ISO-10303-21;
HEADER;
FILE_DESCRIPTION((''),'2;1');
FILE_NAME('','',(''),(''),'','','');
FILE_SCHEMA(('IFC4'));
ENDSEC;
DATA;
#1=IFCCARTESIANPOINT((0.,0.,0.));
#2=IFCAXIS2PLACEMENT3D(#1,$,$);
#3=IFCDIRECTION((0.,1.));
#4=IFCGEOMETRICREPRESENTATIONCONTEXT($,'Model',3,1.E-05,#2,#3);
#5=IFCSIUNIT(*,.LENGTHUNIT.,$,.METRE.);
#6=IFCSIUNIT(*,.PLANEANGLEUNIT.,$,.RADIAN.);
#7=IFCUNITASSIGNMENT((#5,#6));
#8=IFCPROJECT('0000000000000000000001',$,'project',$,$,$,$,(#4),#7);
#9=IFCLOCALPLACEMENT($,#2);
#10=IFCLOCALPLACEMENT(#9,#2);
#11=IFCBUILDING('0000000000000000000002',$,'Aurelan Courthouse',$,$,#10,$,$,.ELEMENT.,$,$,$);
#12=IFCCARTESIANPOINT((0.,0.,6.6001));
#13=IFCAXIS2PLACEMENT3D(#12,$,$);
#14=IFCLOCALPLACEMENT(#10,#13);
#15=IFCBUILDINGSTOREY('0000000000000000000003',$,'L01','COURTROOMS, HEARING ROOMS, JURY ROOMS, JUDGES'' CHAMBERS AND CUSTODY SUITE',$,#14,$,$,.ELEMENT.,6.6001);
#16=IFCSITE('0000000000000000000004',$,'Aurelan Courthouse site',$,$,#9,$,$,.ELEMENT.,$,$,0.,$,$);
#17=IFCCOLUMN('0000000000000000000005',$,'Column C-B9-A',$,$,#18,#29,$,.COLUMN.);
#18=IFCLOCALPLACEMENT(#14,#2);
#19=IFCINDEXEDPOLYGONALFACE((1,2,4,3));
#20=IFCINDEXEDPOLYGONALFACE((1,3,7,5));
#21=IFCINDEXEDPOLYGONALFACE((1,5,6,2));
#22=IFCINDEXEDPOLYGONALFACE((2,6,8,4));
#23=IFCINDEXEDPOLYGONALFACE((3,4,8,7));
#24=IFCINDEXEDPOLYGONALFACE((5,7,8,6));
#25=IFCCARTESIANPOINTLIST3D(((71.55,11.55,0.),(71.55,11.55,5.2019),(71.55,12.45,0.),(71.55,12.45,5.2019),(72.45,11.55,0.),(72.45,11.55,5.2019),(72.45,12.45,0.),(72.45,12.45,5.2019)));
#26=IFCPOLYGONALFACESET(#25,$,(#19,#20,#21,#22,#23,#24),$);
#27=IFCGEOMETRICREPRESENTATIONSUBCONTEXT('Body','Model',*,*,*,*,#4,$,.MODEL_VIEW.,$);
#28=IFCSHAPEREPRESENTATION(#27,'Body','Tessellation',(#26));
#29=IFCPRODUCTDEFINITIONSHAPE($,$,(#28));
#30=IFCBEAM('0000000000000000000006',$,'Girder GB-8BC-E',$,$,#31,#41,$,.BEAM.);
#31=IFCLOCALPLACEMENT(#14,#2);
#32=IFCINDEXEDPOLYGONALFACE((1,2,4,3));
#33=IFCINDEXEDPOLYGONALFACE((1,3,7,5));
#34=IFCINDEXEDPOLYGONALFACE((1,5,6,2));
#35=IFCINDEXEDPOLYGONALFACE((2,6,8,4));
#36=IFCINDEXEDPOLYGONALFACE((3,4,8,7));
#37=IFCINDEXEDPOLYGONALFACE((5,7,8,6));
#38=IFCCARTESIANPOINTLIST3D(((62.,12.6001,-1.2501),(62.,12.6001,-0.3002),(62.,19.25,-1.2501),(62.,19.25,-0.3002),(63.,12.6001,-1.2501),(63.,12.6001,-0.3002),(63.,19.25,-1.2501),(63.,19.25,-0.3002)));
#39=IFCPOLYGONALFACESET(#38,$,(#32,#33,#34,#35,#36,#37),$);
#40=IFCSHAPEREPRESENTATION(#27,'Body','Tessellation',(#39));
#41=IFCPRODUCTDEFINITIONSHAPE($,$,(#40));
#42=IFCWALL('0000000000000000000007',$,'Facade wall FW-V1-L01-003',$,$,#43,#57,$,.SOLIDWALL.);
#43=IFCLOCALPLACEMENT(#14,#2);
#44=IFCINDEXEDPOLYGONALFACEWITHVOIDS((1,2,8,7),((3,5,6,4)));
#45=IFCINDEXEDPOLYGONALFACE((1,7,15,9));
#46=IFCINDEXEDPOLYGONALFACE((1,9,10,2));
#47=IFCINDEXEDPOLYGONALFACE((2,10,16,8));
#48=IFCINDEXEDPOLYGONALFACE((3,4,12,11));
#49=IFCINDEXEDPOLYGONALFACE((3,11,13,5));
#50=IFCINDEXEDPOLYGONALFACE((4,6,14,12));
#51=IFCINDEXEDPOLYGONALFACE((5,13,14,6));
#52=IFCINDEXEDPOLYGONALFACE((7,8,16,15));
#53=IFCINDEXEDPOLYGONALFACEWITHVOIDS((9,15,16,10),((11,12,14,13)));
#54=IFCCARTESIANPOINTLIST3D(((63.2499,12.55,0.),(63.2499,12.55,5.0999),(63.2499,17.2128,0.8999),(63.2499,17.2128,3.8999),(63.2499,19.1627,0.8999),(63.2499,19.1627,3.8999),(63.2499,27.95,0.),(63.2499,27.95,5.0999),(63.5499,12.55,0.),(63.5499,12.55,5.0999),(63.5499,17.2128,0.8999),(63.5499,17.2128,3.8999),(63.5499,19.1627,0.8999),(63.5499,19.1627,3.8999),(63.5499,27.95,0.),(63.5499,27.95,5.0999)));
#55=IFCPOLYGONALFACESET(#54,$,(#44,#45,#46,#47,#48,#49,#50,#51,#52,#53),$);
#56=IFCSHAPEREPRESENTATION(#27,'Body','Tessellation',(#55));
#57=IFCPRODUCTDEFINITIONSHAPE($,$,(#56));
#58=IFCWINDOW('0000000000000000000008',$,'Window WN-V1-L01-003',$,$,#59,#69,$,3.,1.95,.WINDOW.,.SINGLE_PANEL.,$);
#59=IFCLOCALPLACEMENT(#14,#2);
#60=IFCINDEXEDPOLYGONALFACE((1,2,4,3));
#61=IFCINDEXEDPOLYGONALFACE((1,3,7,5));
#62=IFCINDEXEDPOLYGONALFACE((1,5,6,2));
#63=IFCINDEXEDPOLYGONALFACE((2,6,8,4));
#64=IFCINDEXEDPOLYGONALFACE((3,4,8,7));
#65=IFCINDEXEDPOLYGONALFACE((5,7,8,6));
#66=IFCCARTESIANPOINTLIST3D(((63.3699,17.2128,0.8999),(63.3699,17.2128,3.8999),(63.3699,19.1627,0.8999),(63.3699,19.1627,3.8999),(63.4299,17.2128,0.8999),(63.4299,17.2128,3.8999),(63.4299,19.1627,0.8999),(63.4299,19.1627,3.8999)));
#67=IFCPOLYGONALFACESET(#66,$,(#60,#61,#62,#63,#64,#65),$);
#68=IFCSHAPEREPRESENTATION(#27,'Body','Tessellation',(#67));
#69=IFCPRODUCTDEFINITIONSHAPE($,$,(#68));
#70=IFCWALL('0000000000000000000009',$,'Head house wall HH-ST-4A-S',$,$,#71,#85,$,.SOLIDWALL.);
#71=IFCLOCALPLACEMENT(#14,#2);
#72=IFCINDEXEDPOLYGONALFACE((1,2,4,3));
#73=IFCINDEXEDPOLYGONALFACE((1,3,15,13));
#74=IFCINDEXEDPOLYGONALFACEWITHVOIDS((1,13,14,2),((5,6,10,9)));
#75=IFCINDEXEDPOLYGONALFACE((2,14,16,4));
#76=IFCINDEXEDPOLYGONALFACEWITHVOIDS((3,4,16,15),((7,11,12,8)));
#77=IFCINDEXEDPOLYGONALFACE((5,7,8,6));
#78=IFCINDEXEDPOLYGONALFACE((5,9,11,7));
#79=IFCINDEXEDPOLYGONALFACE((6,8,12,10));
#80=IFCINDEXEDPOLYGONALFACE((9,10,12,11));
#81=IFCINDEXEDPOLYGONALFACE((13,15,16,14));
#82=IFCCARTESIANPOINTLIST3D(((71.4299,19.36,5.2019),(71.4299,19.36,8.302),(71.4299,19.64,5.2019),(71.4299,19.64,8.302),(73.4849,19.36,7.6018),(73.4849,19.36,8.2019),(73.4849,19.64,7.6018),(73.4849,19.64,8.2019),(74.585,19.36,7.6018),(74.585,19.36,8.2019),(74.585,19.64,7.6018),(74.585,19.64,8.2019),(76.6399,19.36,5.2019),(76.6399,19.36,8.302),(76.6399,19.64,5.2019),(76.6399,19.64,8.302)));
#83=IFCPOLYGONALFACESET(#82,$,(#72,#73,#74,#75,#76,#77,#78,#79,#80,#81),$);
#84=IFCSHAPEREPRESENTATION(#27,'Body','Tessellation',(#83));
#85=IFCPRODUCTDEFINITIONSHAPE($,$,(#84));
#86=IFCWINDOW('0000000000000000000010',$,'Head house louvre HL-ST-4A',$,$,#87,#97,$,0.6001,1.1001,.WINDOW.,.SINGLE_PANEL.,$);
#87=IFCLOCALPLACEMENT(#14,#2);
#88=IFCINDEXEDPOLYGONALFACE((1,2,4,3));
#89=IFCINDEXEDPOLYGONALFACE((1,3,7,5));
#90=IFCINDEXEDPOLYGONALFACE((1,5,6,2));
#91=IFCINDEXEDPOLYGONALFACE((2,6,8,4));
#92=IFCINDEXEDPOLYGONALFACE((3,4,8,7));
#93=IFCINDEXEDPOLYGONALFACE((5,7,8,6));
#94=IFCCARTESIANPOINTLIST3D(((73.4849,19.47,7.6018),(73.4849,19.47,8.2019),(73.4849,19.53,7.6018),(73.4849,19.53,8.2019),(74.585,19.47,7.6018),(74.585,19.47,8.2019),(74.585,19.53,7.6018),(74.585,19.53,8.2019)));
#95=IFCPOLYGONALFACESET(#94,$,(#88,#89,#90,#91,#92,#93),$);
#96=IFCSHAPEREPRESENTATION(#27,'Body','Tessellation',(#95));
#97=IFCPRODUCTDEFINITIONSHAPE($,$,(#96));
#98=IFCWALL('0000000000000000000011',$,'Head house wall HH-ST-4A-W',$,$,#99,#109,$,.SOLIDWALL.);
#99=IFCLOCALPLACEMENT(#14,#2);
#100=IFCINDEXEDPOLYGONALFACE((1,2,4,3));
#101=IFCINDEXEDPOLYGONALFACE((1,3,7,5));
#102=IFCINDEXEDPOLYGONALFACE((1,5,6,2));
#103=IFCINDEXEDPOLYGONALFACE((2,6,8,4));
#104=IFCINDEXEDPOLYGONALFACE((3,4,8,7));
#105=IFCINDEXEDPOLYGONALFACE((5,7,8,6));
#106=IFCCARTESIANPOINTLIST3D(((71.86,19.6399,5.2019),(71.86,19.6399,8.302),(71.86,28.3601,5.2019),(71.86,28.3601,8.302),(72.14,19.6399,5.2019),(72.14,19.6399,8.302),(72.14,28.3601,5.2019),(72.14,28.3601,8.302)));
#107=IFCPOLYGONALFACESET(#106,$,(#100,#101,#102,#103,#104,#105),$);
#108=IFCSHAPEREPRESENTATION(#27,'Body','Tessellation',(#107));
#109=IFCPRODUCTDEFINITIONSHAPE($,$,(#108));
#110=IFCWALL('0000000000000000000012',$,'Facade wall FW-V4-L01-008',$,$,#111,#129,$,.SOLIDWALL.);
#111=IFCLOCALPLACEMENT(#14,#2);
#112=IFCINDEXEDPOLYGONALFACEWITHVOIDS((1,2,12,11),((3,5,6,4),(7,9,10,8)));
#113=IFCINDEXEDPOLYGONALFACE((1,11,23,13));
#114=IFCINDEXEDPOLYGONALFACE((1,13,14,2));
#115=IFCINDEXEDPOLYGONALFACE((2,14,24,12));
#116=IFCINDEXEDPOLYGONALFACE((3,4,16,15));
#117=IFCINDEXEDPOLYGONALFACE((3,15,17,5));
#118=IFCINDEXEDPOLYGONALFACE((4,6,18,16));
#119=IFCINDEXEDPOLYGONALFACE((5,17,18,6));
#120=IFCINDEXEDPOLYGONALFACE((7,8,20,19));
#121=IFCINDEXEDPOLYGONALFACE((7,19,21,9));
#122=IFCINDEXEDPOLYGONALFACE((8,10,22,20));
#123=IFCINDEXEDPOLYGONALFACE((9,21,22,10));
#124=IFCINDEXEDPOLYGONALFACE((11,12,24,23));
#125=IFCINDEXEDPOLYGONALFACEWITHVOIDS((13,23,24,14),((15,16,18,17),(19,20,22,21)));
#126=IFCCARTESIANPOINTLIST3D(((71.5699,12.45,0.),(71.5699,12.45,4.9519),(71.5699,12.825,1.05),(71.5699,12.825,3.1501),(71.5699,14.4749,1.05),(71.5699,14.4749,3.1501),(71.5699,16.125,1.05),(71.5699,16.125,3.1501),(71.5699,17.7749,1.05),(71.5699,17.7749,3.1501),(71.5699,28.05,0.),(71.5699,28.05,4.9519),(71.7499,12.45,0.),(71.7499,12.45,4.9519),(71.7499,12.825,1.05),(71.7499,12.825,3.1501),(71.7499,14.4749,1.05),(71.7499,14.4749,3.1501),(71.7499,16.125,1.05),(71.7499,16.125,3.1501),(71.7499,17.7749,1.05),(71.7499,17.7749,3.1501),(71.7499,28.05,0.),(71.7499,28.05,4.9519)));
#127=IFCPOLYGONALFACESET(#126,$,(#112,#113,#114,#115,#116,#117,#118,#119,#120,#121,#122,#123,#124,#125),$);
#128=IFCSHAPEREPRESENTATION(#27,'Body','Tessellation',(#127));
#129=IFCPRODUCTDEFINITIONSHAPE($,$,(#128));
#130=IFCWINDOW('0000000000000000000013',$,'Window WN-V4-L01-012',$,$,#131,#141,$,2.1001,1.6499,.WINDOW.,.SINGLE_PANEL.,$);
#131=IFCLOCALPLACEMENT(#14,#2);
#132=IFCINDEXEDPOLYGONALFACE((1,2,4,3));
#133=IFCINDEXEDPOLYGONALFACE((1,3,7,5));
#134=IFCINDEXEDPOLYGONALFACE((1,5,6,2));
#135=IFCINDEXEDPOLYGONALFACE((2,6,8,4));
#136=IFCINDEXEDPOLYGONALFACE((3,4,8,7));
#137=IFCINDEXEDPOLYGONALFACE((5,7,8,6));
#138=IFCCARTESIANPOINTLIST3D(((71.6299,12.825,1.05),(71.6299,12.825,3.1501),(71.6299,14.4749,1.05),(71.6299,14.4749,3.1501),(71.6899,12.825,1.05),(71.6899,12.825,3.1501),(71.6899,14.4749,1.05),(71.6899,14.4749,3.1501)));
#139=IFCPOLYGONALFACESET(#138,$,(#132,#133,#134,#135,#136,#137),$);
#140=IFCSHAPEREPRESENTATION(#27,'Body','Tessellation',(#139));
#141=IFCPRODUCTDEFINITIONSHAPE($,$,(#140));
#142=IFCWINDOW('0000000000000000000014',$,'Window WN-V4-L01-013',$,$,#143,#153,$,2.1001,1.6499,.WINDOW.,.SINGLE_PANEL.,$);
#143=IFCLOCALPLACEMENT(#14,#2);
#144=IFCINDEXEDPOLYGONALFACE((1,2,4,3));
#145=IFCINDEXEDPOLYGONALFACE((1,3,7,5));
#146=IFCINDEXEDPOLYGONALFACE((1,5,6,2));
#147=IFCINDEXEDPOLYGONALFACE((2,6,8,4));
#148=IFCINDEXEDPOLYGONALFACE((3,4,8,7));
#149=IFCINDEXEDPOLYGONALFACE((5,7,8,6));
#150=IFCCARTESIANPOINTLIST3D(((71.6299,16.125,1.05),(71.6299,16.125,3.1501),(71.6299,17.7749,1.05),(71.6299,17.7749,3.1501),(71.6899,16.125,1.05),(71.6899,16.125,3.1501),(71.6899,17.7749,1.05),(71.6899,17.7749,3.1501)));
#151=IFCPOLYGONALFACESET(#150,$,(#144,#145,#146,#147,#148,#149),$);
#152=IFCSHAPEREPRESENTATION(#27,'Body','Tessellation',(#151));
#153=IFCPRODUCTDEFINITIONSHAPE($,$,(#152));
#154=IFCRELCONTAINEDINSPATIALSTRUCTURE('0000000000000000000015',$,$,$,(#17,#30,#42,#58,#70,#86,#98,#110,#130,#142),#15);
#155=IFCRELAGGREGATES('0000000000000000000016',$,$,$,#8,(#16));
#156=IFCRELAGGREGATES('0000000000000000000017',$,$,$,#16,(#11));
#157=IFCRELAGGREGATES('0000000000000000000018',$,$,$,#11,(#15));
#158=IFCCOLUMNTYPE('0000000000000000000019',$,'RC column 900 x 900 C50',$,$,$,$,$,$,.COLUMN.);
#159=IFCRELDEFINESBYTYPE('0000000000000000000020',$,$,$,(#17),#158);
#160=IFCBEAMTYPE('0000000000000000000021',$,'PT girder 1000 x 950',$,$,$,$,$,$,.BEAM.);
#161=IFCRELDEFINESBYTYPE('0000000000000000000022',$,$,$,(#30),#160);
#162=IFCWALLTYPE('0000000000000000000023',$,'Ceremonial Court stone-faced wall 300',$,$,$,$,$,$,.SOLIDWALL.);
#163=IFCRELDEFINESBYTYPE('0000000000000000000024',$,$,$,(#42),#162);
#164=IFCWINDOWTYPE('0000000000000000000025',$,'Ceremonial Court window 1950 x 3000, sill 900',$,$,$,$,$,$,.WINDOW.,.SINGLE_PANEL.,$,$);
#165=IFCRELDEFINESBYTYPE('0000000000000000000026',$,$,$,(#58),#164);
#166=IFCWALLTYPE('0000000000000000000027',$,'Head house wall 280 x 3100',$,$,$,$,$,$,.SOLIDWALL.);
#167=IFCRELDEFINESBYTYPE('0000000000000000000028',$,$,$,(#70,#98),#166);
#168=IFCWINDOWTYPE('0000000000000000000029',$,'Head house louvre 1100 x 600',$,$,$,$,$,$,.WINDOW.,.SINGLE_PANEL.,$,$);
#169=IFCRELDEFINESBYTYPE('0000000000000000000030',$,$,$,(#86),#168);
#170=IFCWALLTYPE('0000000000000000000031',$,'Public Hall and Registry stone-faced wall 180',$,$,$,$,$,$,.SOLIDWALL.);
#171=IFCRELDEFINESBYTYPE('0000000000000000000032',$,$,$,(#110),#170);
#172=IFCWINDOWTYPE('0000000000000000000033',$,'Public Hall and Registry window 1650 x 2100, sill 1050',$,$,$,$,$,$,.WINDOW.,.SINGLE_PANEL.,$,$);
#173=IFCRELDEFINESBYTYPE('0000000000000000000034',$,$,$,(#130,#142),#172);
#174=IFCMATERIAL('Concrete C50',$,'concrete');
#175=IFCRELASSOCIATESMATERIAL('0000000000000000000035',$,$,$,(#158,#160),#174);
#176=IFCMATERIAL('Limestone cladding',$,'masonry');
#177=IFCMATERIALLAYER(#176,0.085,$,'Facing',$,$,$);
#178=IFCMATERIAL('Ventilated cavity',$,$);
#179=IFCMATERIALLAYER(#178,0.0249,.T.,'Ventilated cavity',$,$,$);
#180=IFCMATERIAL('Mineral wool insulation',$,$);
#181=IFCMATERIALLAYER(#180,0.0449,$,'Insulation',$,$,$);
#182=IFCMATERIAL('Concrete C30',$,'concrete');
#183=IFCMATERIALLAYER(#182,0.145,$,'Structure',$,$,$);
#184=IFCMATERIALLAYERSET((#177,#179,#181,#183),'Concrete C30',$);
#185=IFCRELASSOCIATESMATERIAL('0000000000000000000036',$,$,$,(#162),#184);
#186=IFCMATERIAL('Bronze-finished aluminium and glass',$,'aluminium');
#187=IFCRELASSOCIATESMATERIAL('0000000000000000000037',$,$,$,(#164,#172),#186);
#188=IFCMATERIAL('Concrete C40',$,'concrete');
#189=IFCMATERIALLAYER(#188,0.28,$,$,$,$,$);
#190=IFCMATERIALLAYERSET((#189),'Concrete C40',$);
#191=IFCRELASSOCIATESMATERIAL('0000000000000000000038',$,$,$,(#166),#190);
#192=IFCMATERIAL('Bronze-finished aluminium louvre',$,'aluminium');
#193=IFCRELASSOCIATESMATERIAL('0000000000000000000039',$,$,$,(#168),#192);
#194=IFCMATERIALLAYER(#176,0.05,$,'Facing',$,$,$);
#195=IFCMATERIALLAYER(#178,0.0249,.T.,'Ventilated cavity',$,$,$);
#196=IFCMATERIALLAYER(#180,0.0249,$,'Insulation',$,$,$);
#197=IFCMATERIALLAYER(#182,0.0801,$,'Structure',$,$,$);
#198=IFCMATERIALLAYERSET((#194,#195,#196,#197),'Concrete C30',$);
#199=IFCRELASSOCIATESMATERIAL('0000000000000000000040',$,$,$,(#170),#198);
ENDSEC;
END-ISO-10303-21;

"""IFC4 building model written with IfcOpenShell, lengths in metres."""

from ifc_helpers import new_model, si_unit, direction, frame, frame_2d, origin, origin_2d, place, context, subcontext, project, spatial, rectangle, extrude, material, layer, layer_set, material_profile, profile_set, type_object, element, fill, save


model = new_model("IFC4")

# Units and contexts
model_context = context("Model", 3, precision=1e-05, world=origin(), true_north=direction((0.0, 1.0)))
body_context = subcontext(model_context, "Body", "Model", "MODEL_VIEW")
ifc_project = project(units=[si_unit("LENGTHUNIT", "METRE"), si_unit("PLANEANGLEUNIT", "RADIAN")], contexts=[model_context])

# Site, building, storey
site_placement = place(None, origin())
site = spatial("IfcSite", under=ifc_project, at=site_placement, Name="Aurelan Courthouse site", CompositionType="ELEMENT", RefElevation=0.0)
building_placement = place(site_placement, origin())
building = spatial("IfcBuilding", under=site, at=building_placement, Name="Aurelan Courthouse", CompositionType="ELEMENT")
storey_placement = place(building_placement, frame((0.0, 0.0, 6.6001)))
storey = spatial("IfcBuildingStorey", under=building, at=storey_placement, Name="L01", Description="COURTROOMS, HEARING ROOMS, JURY ROOMS, JUDGES' CHAMBERS AND CUSTODY SUITE", CompositionType="ELEMENT", Elevation=6.6001)

# Column
ifc_material_1 = material(Name="Concrete C50", Category="concrete")
ifc_material_profile_1 = material_profile(ifc_material_1, rectangle(XDim=0.8999, YDim=0.8999, at=origin_2d()), Name="RC 900 x 900")
ifc_profile_set_1 = profile_set([ifc_material_profile_1], Name="Concrete C50")
column_type = type_object("IfcColumnType", Name="RC column 900 x 900 C50", PredefinedType="COLUMN", material=ifc_profile_set_1)
column_placement = place(storey_placement, frame((72.0, 12.0, 0.0), z_axis=(0.0, 0.0, 1.0), x_axis=(1.0, 0.0, 0.0)))
element("IfcColumn", 1, at=column_placement, inside=storey, type_object=column_type, Name="Column C-B9-A", PredefinedType="COLUMN", context=body_context, shape_type="SweptSolid", body=[
    extrude(rectangle(XDim=0.8999, YDim=0.8999, at=origin_2d()), origin(), (0.0, 0.0, 1.0), 5.2019),
])

# Beam
ifc_material_profile_2 = material_profile(ifc_material_1, rectangle(XDim=1.0, YDim=0.95, at=origin_2d()), Name="RC 1000 x 950")
ifc_profile_set_2 = profile_set([ifc_material_profile_2], Name="Concrete C50")
beam_type = type_object("IfcBeamType", Name="PT girder 1000 x 950", PredefinedType="BEAM", material=ifc_profile_set_2)
beam_placement = place(storey_placement, frame((62.5, 12.6001, -0.7751), z_axis=(0.0, 1.0, 0.0), x_axis=(-1.0, 0.0, 0.0)))
element("IfcBeam", 2, at=beam_placement, inside=storey, type_object=beam_type, Name="Girder GB-8BC-E", PredefinedType="BEAM", context=body_context, shape_type="SweptSolid", body=[
    extrude(rectangle(XDim=1.0, YDim=0.95, at=origin_2d()), origin(), (0.0, 0.0, 1.0), 6.6499),
])

# Walls, openings, windows
ifc_material_2 = material(Name="Limestone cladding", Category="masonry")
ifc_layer_1 = layer(ifc_material_2, 0.085, Name="Facing")
ifc_material_3 = material(Name="Ventilated cavity")
ifc_layer_2 = layer(ifc_material_3, 0.0249, ventilated=True, Name="Ventilated cavity")
ifc_material_4 = material(Name="Mineral wool insulation")
ifc_layer_3 = layer(ifc_material_4, 0.0449, Name="Insulation")
ifc_material_5 = material(Name="Concrete C30", Category="concrete")
ifc_layer_4 = layer(ifc_material_5, 0.145, Name="Structure")
ifc_layer_set_1 = layer_set([ifc_layer_1, ifc_layer_2, ifc_layer_3, ifc_layer_4], Name="Concrete C30")
wall_type_1 = type_object("IfcWallType", Name="Ceremonial Court stone-faced wall 300", PredefinedType="SOLIDWALL", material=ifc_layer_set_1)
wall_1_placement = place(storey_placement, frame((63.3999, 12.55, 0.0), z_axis=(0.0, 0.0, 1.0), x_axis=(0.0, 1.0, 0.0)))
wall_1 = element("IfcWall", 3, at=wall_1_placement, inside=storey, type_object=wall_type_1, Name="Facade wall FW-V1-L01-003", PredefinedType="SOLIDWALL", context=body_context, shape_type="SweptSolid", body=[
    extrude(rectangle(XDim=15.3999, YDim=0.3, at=frame_2d((7.7, 0.0))), origin(), (0.0, 0.0, 1.0), 5.0999),
])
opening_1_placement = place(wall_1_placement, frame((4.6626, 0.0, 0.8999)))
opening_1 = element("IfcOpeningElement", 4, at=opening_1_placement, cuts=wall_1, PredefinedType="OPENING", context=body_context, shape_type="SweptSolid", body=[
    extrude(rectangle(XDim=1.95, YDim=3.0, at=frame_2d((0.9751, 1.5))), frame((0.0, 0.1599, 0.0), z_axis=(0.0, -1.0, 0.0), x_axis=(1.0, 0.0, 0.0)), (0.0, 0.0, 1.0), 0.3201),
])
ifc_material_6 = material(Name="Bronze-finished aluminium and glass", Category="aluminium")
window_type_1 = type_object("IfcWindowType", Name="Ceremonial Court window 1950 x 3000, sill 900", PartitioningType="SINGLE_PANEL", PredefinedType="WINDOW", material=ifc_material_6)
window_1_placement = place(opening_1_placement, origin())
window_1 = element("IfcWindow", 5, at=window_1_placement, inside=storey, type_object=window_type_1, Name="Window WN-V1-L01-003", OverallHeight=3.0, OverallWidth=1.95, PartitioningType="SINGLE_PANEL", PredefinedType="WINDOW", context=body_context, shape_type="SweptSolid", body=[
    extrude(rectangle(XDim=1.95, YDim=3.0, at=frame_2d((0.9751, 1.5))), frame((0.0, 0.03, 0.0), z_axis=(0.0, -1.0, 0.0), x_axis=(1.0, 0.0, 0.0)), (0.0, 0.0, 1.0), 0.0601),
])
fill(opening_1, window_1)
ifc_material_7 = material(Name="Concrete C40", Category="concrete")
ifc_layer_5 = layer(ifc_material_7, 0.28)
ifc_layer_set_2 = layer_set([ifc_layer_5], Name="Concrete C40")
wall_type_2 = type_object("IfcWallType", Name="Head house wall 280 x 3100", PredefinedType="SOLIDWALL", material=ifc_layer_set_2)
wall_2_placement = place(storey_placement, frame((71.4299, 19.5, 5.2019), z_axis=(0.0, 0.0, 1.0), x_axis=(1.0, 0.0, 0.0)))
wall_2 = element("IfcWall", 6, at=wall_2_placement, inside=storey, type_object=wall_type_2, Name="Head house wall HH-ST-4A-S", PredefinedType="SOLIDWALL", context=body_context, shape_type="SweptSolid", body=[
    extrude(rectangle(XDim=5.21, YDim=0.28, at=frame_2d((2.605, 0.0))), origin(), (0.0, 0.0, 1.0), 3.1001),
])
opening_2_placement = place(wall_2_placement, frame((2.0549, 0.0, 2.3999)))
opening_2 = element("IfcOpeningElement", 7, at=opening_2_placement, cuts=wall_2, PredefinedType="OPENING", context=body_context, shape_type="SweptSolid", body=[
    extrude(rectangle(XDim=1.1001, YDim=0.6001, at=frame_2d((0.55, 0.3))), frame((0.0, 0.1499, 0.0), z_axis=(0.0, -1.0, 0.0), x_axis=(1.0, 0.0, 0.0)), (0.0, 0.0, 1.0), 0.3),
])
ifc_material_8 = material(Name="Bronze-finished aluminium louvre", Category="aluminium")
window_type_2 = type_object("IfcWindowType", Name="Head house louvre 1100 x 600", PartitioningType="SINGLE_PANEL", PredefinedType="WINDOW", material=ifc_material_8)
window_2_placement = place(opening_2_placement, origin())
window_2 = element("IfcWindow", 8, at=window_2_placement, inside=storey, type_object=window_type_2, Name="Head house louvre HL-ST-4A", OverallHeight=0.6001, OverallWidth=1.1001, PartitioningType="SINGLE_PANEL", PredefinedType="WINDOW", context=body_context, shape_type="SweptSolid", body=[
    extrude(rectangle(XDim=1.1001, YDim=0.6001, at=frame_2d((0.55, 0.3))), frame((0.0, 0.03, 0.0), z_axis=(0.0, -1.0, 0.0), x_axis=(1.0, 0.0, 0.0)), (0.0, 0.0, 1.0), 0.0601),
])
fill(opening_2, window_2)

# Wall
wall_3_placement = place(storey_placement, frame((72.0, 19.6399, 5.2019), z_axis=(0.0, 0.0, 1.0), x_axis=(0.0, 1.0, 0.0)))
element("IfcWall", 9, at=wall_3_placement, inside=storey, type_object=wall_type_2, Name="Head house wall HH-ST-4A-W", PredefinedType="SOLIDWALL", context=body_context, shape_type="SweptSolid", body=[
    extrude(rectangle(XDim=8.7202, YDim=0.28, at=frame_2d((4.3601, 0.0))), origin(), (0.0, 0.0, 1.0), 3.1001),
])

# Wall, openings, windows
ifc_layer_6 = layer(ifc_material_2, 0.05, Name="Facing")
ifc_layer_7 = layer(ifc_material_3, 0.0249, ventilated=True, Name="Ventilated cavity")
ifc_layer_8 = layer(ifc_material_4, 0.0249, Name="Insulation")
ifc_layer_9 = layer(ifc_material_5, 0.0801, Name="Structure")
ifc_layer_set_3 = layer_set([ifc_layer_6, ifc_layer_7, ifc_layer_8, ifc_layer_9], Name="Concrete C30")
wall_type_3 = type_object("IfcWallType", Name="Public Hall and Registry stone-faced wall 180", PredefinedType="SOLIDWALL", material=ifc_layer_set_3)
wall_4_placement = place(storey_placement, frame((71.6599, 12.45, 0.0), z_axis=(0.0, 0.0, 1.0), x_axis=(0.0, 1.0, 0.0)))
wall_4 = element("IfcWall", 10, at=wall_4_placement, inside=storey, type_object=wall_type_3, Name="Facade wall FW-V4-L01-008", PredefinedType="SOLIDWALL", context=body_context, shape_type="SweptSolid", body=[
    extrude(rectangle(XDim=15.6001, YDim=0.1799, at=frame_2d((7.8, 0.0))), origin(), (0.0, 0.0, 1.0), 4.9519),
])
opening_3_placement = place(wall_4_placement, frame((0.375, 0.0, 1.05)))
opening_3 = element("IfcOpeningElement", 11, at=opening_3_placement, cuts=wall_4, PredefinedType="OPENING", context=body_context, shape_type="SweptSolid", body=[
    extrude(rectangle(XDim=1.6499, YDim=2.1001, at=frame_2d((0.825, 1.05))), frame((0.0, 0.0999, 0.0), z_axis=(0.0, -1.0, 0.0), x_axis=(1.0, 0.0, 0.0)), (0.0, 0.0, 1.0), 0.2),
])
opening_4_placement = place(wall_4_placement, frame((3.675, 0.0, 1.05)))
opening_4 = element("IfcOpeningElement", 12, at=opening_4_placement, cuts=wall_4, PredefinedType="OPENING", context=body_context, shape_type="SweptSolid", body=[
    extrude(rectangle(XDim=1.6499, YDim=2.1001, at=frame_2d((0.825, 1.05))), frame((0.0, 0.0999, 0.0), z_axis=(0.0, -1.0, 0.0), x_axis=(1.0, 0.0, 0.0)), (0.0, 0.0, 1.0), 0.2),
])
window_type_3 = type_object("IfcWindowType", Name="Public Hall and Registry window 1650 x 2100, sill 1050", PartitioningType="SINGLE_PANEL", PredefinedType="WINDOW", material=ifc_material_6)
window_3_placement = place(opening_3_placement, origin())
window_3 = element("IfcWindow", 13, at=window_3_placement, inside=storey, type_object=window_type_3, Name="Window WN-V4-L01-012", OverallHeight=2.1001, OverallWidth=1.6499, PartitioningType="SINGLE_PANEL", PredefinedType="WINDOW", context=body_context, shape_type="SweptSolid", body=[
    extrude(rectangle(XDim=1.6499, YDim=2.1001, at=frame_2d((0.825, 1.05))), frame((0.0, 0.03, 0.0), z_axis=(0.0, -1.0, 0.0), x_axis=(1.0, 0.0, 0.0)), (0.0, 0.0, 1.0), 0.0601),
])
fill(opening_3, window_3)
window_4_placement = place(opening_4_placement, origin())
window_4 = element("IfcWindow", 14, at=window_4_placement, inside=storey, type_object=window_type_3, Name="Window WN-V4-L01-013", OverallHeight=2.1001, OverallWidth=1.6499, PartitioningType="SINGLE_PANEL", PredefinedType="WINDOW", context=body_context, shape_type="SweptSolid", body=[
    extrude(rectangle(XDim=1.6499, YDim=2.1001, at=frame_2d((0.825, 1.05))), frame((0.0, 0.03, 0.0), z_axis=(0.0, -1.0, 0.0), x_axis=(1.0, 0.0, 0.0)), (0.0, 0.0, 1.0), 0.0601),
])
fill(opening_4, window_4)

save(model, "model.ifc")
